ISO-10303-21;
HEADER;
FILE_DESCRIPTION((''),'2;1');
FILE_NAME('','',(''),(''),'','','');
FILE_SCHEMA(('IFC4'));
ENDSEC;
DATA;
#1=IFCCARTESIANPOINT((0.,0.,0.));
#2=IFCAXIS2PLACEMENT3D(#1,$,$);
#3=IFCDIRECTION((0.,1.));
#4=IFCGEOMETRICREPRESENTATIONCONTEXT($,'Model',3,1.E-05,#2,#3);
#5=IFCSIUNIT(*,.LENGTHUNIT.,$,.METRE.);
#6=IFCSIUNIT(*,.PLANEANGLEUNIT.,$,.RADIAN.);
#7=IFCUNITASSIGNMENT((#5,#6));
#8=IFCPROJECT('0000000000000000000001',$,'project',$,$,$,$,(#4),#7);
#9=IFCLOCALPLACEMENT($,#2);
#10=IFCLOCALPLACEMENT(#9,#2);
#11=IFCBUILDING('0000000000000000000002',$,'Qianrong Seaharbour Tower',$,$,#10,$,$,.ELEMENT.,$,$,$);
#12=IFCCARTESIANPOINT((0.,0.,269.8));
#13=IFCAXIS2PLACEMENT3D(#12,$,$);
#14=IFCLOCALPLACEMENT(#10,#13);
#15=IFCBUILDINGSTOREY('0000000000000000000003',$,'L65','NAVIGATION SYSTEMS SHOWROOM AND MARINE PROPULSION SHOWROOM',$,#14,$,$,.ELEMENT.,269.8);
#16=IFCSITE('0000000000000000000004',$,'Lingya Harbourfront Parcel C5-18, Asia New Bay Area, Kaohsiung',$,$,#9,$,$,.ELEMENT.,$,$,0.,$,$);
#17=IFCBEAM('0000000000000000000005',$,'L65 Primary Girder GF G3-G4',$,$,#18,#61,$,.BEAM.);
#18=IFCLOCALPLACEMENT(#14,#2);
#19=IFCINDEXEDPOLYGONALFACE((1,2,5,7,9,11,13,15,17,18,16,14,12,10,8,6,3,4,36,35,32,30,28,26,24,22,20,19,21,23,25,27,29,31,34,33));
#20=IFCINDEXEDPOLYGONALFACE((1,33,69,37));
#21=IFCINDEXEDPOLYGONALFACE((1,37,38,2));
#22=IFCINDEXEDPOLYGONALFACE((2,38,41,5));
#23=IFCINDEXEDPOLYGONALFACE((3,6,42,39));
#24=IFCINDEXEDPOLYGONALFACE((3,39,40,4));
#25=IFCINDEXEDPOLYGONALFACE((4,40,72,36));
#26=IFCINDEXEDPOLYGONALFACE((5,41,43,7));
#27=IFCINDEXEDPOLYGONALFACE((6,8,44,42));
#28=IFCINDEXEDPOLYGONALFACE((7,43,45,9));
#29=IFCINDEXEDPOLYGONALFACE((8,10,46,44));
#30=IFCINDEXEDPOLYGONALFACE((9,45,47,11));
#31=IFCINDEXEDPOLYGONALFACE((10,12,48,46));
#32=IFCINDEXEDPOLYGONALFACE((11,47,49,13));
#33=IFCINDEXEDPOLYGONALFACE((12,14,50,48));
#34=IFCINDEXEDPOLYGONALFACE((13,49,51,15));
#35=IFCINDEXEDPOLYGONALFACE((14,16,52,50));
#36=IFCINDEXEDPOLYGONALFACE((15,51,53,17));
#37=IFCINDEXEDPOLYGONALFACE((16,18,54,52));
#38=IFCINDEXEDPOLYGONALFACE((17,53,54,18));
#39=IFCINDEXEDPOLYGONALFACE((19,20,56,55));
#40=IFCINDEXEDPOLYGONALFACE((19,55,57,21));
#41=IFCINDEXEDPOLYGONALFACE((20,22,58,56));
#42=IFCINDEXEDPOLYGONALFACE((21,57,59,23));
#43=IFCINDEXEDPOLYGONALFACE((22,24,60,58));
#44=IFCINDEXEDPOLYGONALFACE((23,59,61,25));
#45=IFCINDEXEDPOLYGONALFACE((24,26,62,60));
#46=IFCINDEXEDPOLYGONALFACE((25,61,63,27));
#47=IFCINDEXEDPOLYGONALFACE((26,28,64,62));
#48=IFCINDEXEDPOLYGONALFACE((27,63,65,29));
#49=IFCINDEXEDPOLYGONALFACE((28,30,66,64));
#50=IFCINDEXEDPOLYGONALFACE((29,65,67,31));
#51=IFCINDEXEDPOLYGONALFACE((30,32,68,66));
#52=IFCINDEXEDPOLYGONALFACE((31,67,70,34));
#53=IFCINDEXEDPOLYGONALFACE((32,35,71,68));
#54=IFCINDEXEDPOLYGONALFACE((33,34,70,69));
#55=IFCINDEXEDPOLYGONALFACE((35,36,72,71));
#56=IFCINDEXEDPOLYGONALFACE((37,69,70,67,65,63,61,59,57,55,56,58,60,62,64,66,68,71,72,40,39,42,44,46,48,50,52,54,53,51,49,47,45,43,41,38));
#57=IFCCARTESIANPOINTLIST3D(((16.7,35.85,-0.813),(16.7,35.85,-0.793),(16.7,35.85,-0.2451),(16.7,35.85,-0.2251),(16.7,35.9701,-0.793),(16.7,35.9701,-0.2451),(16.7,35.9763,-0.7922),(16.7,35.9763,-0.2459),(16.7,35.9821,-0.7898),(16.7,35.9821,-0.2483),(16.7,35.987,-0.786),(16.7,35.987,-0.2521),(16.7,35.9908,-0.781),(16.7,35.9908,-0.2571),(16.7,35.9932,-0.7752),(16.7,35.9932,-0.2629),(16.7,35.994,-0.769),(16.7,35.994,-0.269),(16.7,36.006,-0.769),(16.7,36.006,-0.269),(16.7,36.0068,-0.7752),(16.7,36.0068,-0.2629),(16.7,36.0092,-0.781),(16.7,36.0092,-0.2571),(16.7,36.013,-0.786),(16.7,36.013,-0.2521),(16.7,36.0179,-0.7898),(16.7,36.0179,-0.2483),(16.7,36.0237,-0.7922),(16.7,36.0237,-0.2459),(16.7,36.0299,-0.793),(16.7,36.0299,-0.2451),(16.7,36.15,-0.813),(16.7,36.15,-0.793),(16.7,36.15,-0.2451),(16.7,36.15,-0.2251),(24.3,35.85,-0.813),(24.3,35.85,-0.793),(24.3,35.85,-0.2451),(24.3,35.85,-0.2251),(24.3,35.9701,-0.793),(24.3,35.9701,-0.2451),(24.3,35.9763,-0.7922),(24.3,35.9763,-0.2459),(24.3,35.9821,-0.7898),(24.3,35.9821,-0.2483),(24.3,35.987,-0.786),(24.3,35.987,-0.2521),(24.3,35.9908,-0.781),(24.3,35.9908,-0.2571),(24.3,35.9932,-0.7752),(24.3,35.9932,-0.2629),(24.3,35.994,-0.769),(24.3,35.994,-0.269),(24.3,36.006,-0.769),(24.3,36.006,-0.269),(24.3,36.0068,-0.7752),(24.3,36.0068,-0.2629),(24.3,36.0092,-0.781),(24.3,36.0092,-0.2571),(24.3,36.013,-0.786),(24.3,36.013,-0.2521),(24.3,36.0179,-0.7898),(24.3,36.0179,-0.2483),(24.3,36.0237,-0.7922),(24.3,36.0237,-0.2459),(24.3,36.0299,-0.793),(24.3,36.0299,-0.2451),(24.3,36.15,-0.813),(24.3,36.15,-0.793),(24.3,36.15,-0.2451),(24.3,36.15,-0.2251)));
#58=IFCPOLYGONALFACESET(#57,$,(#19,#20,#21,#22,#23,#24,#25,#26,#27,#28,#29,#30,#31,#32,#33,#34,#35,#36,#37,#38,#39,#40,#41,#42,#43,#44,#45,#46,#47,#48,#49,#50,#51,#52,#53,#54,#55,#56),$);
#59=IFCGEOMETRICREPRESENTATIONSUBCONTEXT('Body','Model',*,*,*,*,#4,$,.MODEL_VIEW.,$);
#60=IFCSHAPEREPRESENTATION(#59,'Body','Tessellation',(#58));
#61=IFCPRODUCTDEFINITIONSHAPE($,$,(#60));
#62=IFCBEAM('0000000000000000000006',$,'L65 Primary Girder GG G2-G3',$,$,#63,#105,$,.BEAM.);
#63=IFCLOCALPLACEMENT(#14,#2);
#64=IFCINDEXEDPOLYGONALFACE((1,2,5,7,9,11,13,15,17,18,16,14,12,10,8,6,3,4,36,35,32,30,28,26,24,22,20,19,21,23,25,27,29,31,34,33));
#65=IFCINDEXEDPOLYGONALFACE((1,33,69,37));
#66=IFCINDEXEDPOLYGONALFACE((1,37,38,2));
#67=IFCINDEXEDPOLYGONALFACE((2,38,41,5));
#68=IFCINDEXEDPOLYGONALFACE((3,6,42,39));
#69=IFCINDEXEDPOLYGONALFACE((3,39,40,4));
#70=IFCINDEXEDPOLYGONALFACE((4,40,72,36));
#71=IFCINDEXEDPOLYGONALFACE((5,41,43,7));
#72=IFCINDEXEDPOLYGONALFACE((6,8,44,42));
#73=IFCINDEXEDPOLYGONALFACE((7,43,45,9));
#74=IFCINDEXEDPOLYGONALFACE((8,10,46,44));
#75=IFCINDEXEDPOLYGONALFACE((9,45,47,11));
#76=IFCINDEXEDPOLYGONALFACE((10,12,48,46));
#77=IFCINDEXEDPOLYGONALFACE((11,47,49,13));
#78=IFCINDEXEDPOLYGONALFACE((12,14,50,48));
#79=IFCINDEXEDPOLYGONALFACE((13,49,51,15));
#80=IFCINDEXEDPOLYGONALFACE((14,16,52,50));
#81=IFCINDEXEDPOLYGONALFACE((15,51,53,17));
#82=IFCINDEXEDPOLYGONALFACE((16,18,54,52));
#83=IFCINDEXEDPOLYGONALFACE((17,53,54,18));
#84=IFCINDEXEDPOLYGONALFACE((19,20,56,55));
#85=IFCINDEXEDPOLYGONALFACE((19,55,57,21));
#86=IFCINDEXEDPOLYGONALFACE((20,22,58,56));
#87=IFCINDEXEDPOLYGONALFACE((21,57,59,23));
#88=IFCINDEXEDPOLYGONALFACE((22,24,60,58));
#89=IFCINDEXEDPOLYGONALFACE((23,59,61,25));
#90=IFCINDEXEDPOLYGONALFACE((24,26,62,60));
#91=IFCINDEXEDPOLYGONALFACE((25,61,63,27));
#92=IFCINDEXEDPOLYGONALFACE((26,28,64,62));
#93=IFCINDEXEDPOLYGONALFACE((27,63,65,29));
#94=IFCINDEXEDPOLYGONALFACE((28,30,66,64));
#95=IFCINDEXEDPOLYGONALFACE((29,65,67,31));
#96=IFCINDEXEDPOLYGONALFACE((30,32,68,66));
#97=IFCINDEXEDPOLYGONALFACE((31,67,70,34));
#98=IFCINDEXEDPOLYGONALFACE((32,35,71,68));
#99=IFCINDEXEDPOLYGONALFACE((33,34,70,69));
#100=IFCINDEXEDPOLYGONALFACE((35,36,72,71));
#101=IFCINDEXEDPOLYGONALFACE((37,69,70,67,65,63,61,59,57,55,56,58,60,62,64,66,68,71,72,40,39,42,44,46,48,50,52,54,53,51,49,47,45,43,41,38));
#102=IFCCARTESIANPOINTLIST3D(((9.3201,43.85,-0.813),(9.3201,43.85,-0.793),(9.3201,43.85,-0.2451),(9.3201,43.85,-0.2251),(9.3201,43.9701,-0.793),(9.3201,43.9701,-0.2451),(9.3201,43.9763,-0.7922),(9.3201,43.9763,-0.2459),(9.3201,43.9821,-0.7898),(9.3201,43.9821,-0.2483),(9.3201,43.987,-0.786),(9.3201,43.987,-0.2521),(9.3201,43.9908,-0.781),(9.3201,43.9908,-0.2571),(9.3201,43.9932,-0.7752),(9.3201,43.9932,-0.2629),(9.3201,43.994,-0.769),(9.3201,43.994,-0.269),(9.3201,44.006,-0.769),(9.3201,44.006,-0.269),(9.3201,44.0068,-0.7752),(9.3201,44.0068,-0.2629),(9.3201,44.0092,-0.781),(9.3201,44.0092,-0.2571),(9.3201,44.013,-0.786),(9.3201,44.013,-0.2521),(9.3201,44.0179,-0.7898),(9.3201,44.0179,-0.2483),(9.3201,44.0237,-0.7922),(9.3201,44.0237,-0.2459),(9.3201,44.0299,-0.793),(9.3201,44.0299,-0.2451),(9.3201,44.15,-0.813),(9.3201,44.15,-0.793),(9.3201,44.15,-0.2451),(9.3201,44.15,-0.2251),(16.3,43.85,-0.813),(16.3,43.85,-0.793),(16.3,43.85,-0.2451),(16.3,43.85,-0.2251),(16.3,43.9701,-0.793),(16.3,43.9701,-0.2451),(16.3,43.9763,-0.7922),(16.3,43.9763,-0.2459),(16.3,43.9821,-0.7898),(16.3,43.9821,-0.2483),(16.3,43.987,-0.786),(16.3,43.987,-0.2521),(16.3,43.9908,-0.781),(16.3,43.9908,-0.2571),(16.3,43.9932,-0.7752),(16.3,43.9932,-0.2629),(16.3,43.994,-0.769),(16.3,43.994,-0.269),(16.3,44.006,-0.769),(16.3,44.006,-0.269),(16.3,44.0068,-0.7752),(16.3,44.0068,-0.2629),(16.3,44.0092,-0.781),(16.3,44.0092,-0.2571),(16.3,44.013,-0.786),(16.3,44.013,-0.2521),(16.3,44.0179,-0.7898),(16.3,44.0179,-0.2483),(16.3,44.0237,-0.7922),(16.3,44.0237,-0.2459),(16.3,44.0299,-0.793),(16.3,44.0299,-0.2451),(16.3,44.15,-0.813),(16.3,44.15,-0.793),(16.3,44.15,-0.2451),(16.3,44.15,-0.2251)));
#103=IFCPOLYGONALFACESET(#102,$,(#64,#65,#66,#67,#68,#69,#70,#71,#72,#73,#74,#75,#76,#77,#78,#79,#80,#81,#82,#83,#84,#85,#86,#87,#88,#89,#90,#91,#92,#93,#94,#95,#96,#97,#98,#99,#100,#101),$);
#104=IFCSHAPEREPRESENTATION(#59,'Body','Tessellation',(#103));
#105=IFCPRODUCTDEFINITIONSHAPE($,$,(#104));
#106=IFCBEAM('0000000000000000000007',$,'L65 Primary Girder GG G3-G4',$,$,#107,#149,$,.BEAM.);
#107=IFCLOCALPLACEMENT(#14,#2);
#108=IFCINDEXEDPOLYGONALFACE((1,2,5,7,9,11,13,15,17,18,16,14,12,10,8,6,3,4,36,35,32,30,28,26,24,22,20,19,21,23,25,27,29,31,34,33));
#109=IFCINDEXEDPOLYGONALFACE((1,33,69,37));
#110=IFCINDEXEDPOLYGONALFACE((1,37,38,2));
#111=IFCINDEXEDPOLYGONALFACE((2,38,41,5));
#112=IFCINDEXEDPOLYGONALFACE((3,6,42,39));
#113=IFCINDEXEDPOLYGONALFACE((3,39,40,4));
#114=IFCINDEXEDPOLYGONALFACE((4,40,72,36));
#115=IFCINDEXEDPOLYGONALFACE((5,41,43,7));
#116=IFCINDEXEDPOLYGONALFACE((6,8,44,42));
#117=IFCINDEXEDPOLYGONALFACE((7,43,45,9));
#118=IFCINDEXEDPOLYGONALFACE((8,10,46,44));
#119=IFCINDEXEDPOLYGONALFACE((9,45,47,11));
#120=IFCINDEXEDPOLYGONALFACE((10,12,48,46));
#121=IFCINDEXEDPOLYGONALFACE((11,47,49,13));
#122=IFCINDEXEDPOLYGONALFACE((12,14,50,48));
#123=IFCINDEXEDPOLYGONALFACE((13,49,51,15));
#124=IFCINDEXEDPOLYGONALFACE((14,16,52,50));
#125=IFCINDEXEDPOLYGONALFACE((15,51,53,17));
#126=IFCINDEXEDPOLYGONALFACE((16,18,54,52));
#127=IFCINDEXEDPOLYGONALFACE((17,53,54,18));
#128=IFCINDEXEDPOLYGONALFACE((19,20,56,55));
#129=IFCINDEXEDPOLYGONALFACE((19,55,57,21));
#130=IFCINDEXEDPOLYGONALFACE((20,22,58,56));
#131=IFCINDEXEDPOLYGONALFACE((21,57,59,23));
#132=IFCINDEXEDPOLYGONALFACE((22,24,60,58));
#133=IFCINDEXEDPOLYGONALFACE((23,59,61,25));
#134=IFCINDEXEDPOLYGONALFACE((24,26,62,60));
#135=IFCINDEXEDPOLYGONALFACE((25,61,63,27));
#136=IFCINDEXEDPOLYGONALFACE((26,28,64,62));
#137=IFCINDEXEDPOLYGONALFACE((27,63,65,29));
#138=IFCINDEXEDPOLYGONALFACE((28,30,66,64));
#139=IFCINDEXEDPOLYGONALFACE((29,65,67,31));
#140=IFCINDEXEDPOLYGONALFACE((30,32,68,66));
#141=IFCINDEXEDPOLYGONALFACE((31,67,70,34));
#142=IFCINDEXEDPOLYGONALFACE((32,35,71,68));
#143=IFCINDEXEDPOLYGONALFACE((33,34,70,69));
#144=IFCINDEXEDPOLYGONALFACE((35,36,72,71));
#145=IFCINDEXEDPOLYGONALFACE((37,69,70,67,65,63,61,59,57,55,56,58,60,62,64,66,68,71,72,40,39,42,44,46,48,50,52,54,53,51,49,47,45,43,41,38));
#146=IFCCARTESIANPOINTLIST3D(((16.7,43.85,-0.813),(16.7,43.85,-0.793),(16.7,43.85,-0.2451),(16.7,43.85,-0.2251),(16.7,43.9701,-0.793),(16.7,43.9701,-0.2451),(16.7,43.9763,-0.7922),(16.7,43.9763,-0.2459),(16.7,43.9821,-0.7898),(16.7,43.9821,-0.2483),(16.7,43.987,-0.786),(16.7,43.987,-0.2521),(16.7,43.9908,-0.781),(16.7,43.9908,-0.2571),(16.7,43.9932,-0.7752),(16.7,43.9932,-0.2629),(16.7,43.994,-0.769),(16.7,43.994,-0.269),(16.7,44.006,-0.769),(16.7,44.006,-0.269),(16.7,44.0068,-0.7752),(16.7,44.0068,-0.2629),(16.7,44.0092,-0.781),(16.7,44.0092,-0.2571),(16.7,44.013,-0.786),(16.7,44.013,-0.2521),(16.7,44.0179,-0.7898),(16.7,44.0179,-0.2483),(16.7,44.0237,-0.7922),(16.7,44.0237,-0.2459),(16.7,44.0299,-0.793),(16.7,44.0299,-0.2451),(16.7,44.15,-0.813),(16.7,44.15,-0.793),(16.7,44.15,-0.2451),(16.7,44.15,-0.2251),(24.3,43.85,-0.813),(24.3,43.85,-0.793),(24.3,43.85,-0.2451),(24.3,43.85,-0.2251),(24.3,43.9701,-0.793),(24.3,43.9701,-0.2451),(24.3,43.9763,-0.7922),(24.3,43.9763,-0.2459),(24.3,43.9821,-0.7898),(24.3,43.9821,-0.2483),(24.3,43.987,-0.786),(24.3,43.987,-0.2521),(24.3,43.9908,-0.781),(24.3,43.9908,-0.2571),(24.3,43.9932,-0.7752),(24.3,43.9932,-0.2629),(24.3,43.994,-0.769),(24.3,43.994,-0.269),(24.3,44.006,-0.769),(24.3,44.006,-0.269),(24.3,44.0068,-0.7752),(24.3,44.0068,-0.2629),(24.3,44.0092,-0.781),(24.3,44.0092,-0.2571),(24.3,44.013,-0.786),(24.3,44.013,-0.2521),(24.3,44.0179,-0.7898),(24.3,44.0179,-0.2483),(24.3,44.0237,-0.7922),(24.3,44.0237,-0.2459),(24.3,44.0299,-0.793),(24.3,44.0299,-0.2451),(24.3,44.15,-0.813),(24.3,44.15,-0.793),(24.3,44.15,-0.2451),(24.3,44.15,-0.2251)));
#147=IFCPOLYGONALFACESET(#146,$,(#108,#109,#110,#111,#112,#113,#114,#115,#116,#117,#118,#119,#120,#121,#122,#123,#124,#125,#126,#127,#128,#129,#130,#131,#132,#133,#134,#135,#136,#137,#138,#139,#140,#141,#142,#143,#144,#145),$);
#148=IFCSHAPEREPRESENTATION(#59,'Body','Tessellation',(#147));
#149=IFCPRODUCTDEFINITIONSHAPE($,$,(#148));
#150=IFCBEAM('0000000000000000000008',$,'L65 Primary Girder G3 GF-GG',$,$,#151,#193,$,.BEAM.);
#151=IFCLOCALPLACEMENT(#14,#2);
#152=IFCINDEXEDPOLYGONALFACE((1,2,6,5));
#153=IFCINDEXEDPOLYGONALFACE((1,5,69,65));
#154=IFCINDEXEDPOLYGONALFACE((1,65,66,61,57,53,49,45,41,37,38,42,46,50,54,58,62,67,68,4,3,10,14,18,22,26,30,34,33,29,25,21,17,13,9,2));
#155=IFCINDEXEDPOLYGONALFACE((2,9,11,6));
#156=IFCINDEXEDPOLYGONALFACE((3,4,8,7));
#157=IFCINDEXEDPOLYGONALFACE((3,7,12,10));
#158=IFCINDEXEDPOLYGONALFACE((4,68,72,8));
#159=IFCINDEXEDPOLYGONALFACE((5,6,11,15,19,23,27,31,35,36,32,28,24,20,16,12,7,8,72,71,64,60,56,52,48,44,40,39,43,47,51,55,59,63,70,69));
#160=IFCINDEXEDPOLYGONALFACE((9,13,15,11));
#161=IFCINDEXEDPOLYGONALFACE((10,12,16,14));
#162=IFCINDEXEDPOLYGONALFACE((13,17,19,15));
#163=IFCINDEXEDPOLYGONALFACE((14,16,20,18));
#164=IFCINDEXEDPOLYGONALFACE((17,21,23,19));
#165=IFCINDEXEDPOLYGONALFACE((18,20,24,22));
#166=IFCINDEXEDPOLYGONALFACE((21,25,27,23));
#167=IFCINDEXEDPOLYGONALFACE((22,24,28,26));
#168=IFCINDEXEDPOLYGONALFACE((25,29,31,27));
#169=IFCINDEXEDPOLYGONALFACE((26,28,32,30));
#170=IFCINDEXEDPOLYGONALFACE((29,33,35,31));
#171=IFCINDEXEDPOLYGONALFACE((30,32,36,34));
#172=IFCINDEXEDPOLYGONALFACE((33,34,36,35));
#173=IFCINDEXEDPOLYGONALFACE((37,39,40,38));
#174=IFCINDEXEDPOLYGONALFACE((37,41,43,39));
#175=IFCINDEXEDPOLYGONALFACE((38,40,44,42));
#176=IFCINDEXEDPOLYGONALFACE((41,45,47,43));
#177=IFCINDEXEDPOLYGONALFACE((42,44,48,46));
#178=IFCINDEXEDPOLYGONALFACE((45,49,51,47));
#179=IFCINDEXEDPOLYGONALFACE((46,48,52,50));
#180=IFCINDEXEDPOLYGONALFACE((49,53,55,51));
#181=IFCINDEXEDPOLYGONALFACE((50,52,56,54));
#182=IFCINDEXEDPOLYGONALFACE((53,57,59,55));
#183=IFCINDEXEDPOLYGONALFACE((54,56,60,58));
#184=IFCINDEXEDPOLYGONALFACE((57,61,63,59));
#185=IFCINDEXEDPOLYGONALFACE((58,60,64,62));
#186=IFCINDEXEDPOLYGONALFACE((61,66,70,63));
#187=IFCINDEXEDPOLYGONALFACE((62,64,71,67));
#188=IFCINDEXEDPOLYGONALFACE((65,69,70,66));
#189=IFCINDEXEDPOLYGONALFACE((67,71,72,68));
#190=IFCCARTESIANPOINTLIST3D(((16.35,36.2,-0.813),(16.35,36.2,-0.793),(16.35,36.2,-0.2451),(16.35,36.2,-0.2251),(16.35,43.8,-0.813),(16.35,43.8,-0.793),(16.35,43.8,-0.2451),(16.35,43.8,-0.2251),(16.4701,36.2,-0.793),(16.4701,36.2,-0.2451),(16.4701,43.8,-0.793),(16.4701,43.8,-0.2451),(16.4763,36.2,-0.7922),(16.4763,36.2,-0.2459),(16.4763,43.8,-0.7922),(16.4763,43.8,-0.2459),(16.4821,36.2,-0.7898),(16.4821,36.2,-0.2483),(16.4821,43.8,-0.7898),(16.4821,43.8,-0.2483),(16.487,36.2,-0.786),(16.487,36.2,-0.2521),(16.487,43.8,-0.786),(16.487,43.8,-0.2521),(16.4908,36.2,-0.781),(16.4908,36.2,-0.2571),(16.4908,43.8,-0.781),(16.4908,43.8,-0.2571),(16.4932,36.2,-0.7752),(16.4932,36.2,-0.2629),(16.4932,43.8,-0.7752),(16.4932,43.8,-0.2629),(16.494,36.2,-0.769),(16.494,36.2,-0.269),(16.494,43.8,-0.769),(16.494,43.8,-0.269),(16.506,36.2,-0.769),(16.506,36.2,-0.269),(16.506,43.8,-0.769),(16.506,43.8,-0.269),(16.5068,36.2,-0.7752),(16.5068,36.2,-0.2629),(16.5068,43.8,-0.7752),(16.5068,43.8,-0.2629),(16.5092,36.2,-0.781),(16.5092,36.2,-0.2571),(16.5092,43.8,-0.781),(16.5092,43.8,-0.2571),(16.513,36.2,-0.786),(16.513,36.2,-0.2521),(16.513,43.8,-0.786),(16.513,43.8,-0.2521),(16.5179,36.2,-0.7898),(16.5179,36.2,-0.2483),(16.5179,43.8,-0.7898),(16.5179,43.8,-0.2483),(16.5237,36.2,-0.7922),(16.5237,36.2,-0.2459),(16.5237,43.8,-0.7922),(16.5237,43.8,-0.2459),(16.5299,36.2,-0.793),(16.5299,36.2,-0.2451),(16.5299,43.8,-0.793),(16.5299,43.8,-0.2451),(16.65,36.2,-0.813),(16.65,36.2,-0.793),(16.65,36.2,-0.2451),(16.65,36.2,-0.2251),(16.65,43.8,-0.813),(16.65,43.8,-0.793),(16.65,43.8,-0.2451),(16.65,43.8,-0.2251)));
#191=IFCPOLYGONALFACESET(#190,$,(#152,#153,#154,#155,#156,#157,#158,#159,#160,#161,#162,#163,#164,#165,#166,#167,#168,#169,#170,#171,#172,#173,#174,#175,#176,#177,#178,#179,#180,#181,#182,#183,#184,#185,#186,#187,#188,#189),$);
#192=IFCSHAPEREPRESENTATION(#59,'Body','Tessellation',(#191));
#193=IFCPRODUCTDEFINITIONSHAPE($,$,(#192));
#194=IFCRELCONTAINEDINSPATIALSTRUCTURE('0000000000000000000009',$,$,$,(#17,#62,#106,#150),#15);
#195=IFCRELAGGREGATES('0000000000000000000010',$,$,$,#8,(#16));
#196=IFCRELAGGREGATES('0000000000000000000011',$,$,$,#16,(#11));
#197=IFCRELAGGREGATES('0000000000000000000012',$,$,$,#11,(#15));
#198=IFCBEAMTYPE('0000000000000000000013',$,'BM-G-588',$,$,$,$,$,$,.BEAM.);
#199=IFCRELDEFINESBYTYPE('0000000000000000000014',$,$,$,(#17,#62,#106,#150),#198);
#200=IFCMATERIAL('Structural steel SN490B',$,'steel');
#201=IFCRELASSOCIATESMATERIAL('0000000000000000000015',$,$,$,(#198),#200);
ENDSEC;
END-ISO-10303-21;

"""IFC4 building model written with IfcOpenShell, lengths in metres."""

from ifc_helpers import new_model, si_unit, direction, frame, origin, origin_2d, place, context, subcontext, project, spatial, i_section, extrude, material, material_profile, profile_set, type_object, element, save


model = new_model("IFC4")

# Units and contexts
model_context = context("Model", 3, precision=1e-05, world=origin(), true_north=direction((0.0, 1.0)))
body_context = subcontext(model_context, "Body", "Model", "MODEL_VIEW")
ifc_project = project(units=[si_unit("LENGTHUNIT", "METRE"), si_unit("PLANEANGLEUNIT", "RADIAN")], contexts=[model_context])

# Site, building, storey
site_placement = place(None, origin())
site = spatial("IfcSite", under=ifc_project, at=site_placement, Name="Lingya Harbourfront Parcel C5-18, Asia New Bay Area, Kaohsiung", CompositionType="ELEMENT", RefElevation=0.0)
building_placement = place(site_placement, origin())
building = spatial("IfcBuilding", under=site, at=building_placement, Name="Qianrong Seaharbour Tower", CompositionType="ELEMENT")
storey_placement = place(building_placement, frame((0.0, 0.0, 269.8)))
storey = spatial("IfcBuildingStorey", under=building, at=storey_placement, Name="L65", Description="NAVIGATION SYSTEMS SHOWROOM AND MARINE PROPULSION SHOWROOM", CompositionType="ELEMENT", Elevation=269.8)

# Shared definitions
ifc_material_1 = material(Name="Structural steel SN490B", Category="steel")

# Beams
ifc_material_profile_1 = material_profile(ifc_material_1, i_section(OverallWidth=0.3, OverallDepth=0.5879, WebThickness=0.012, FlangeThickness=0.02, FilletRadius=0.0239, at=origin_2d()), Name="H588x300x12x20")
ifc_profile_set_1 = profile_set([ifc_material_profile_1], Name="Structural steel SN490B")
beam_type_1 = type_object("IfcBeamType", Name="BM-G-588", PredefinedType="BEAM", material=ifc_profile_set_1)
beam_1_placement = place(storey_placement, frame((16.7, 36.0, -0.519), z_axis=(1.0, 0.0, 0.0), x_axis=(0.0, 1.0, 0.0)))
element("IfcBeam", 1, at=beam_1_placement, inside=storey, type_object=beam_type_1, Name="L65 Primary Girder GF G3-G4", PredefinedType="BEAM", context=body_context, shape_type="SweptSolid", body=[
    extrude(i_section(OverallWidth=0.3, OverallDepth=0.5879, WebThickness=0.012, FlangeThickness=0.02, FilletRadius=0.0239, at=origin_2d()), origin(), (0.0, 0.0, 1.0), 7.6001),
])
beam_2_placement = place(storey_placement, frame((9.3201, 44.0, -0.519), z_axis=(1.0, 0.0, 0.0), x_axis=(0.0, 1.0, 0.0)))
element("IfcBeam", 2, at=beam_2_placement, inside=storey, type_object=beam_type_1, Name="L65 Primary Girder GG G2-G3", PredefinedType="BEAM", context=body_context, shape_type="SweptSolid", body=[
    extrude(i_section(OverallWidth=0.3, OverallDepth=0.5879, WebThickness=0.012, FlangeThickness=0.02, FilletRadius=0.0239, at=origin_2d()), origin(), (0.0, 0.0, 1.0), 6.98),
])
for number, where, z_axis, x_axis, name in (
    (3, (16.7, 44.0, -0.519), (1.0, 0.0, 0.0), (0.0, 1.0, 0.0), "L65 Primary Girder GG G3-G4"),
    (4, (16.5, 36.2, -0.519), (0.0, 1.0, 0.0), (-1.0, 0.0, 0.0), "L65 Primary Girder G3 GF-GG"),
):
    element("IfcBeam", number, at=place(storey_placement, frame(where, z_axis=z_axis, x_axis=x_axis)), inside=storey, type_object=beam_type_1, Name=name, PredefinedType="BEAM", context=body_context, shape_type="SweptSolid", body=[
        extrude(i_section(OverallWidth=0.3, OverallDepth=0.5879, WebThickness=0.012, FlangeThickness=0.02, FilletRadius=0.0239, at=origin_2d()), origin(), (0.0, 0.0, 1.0), 7.6001),
    ])

save(model, "model.ifc")
